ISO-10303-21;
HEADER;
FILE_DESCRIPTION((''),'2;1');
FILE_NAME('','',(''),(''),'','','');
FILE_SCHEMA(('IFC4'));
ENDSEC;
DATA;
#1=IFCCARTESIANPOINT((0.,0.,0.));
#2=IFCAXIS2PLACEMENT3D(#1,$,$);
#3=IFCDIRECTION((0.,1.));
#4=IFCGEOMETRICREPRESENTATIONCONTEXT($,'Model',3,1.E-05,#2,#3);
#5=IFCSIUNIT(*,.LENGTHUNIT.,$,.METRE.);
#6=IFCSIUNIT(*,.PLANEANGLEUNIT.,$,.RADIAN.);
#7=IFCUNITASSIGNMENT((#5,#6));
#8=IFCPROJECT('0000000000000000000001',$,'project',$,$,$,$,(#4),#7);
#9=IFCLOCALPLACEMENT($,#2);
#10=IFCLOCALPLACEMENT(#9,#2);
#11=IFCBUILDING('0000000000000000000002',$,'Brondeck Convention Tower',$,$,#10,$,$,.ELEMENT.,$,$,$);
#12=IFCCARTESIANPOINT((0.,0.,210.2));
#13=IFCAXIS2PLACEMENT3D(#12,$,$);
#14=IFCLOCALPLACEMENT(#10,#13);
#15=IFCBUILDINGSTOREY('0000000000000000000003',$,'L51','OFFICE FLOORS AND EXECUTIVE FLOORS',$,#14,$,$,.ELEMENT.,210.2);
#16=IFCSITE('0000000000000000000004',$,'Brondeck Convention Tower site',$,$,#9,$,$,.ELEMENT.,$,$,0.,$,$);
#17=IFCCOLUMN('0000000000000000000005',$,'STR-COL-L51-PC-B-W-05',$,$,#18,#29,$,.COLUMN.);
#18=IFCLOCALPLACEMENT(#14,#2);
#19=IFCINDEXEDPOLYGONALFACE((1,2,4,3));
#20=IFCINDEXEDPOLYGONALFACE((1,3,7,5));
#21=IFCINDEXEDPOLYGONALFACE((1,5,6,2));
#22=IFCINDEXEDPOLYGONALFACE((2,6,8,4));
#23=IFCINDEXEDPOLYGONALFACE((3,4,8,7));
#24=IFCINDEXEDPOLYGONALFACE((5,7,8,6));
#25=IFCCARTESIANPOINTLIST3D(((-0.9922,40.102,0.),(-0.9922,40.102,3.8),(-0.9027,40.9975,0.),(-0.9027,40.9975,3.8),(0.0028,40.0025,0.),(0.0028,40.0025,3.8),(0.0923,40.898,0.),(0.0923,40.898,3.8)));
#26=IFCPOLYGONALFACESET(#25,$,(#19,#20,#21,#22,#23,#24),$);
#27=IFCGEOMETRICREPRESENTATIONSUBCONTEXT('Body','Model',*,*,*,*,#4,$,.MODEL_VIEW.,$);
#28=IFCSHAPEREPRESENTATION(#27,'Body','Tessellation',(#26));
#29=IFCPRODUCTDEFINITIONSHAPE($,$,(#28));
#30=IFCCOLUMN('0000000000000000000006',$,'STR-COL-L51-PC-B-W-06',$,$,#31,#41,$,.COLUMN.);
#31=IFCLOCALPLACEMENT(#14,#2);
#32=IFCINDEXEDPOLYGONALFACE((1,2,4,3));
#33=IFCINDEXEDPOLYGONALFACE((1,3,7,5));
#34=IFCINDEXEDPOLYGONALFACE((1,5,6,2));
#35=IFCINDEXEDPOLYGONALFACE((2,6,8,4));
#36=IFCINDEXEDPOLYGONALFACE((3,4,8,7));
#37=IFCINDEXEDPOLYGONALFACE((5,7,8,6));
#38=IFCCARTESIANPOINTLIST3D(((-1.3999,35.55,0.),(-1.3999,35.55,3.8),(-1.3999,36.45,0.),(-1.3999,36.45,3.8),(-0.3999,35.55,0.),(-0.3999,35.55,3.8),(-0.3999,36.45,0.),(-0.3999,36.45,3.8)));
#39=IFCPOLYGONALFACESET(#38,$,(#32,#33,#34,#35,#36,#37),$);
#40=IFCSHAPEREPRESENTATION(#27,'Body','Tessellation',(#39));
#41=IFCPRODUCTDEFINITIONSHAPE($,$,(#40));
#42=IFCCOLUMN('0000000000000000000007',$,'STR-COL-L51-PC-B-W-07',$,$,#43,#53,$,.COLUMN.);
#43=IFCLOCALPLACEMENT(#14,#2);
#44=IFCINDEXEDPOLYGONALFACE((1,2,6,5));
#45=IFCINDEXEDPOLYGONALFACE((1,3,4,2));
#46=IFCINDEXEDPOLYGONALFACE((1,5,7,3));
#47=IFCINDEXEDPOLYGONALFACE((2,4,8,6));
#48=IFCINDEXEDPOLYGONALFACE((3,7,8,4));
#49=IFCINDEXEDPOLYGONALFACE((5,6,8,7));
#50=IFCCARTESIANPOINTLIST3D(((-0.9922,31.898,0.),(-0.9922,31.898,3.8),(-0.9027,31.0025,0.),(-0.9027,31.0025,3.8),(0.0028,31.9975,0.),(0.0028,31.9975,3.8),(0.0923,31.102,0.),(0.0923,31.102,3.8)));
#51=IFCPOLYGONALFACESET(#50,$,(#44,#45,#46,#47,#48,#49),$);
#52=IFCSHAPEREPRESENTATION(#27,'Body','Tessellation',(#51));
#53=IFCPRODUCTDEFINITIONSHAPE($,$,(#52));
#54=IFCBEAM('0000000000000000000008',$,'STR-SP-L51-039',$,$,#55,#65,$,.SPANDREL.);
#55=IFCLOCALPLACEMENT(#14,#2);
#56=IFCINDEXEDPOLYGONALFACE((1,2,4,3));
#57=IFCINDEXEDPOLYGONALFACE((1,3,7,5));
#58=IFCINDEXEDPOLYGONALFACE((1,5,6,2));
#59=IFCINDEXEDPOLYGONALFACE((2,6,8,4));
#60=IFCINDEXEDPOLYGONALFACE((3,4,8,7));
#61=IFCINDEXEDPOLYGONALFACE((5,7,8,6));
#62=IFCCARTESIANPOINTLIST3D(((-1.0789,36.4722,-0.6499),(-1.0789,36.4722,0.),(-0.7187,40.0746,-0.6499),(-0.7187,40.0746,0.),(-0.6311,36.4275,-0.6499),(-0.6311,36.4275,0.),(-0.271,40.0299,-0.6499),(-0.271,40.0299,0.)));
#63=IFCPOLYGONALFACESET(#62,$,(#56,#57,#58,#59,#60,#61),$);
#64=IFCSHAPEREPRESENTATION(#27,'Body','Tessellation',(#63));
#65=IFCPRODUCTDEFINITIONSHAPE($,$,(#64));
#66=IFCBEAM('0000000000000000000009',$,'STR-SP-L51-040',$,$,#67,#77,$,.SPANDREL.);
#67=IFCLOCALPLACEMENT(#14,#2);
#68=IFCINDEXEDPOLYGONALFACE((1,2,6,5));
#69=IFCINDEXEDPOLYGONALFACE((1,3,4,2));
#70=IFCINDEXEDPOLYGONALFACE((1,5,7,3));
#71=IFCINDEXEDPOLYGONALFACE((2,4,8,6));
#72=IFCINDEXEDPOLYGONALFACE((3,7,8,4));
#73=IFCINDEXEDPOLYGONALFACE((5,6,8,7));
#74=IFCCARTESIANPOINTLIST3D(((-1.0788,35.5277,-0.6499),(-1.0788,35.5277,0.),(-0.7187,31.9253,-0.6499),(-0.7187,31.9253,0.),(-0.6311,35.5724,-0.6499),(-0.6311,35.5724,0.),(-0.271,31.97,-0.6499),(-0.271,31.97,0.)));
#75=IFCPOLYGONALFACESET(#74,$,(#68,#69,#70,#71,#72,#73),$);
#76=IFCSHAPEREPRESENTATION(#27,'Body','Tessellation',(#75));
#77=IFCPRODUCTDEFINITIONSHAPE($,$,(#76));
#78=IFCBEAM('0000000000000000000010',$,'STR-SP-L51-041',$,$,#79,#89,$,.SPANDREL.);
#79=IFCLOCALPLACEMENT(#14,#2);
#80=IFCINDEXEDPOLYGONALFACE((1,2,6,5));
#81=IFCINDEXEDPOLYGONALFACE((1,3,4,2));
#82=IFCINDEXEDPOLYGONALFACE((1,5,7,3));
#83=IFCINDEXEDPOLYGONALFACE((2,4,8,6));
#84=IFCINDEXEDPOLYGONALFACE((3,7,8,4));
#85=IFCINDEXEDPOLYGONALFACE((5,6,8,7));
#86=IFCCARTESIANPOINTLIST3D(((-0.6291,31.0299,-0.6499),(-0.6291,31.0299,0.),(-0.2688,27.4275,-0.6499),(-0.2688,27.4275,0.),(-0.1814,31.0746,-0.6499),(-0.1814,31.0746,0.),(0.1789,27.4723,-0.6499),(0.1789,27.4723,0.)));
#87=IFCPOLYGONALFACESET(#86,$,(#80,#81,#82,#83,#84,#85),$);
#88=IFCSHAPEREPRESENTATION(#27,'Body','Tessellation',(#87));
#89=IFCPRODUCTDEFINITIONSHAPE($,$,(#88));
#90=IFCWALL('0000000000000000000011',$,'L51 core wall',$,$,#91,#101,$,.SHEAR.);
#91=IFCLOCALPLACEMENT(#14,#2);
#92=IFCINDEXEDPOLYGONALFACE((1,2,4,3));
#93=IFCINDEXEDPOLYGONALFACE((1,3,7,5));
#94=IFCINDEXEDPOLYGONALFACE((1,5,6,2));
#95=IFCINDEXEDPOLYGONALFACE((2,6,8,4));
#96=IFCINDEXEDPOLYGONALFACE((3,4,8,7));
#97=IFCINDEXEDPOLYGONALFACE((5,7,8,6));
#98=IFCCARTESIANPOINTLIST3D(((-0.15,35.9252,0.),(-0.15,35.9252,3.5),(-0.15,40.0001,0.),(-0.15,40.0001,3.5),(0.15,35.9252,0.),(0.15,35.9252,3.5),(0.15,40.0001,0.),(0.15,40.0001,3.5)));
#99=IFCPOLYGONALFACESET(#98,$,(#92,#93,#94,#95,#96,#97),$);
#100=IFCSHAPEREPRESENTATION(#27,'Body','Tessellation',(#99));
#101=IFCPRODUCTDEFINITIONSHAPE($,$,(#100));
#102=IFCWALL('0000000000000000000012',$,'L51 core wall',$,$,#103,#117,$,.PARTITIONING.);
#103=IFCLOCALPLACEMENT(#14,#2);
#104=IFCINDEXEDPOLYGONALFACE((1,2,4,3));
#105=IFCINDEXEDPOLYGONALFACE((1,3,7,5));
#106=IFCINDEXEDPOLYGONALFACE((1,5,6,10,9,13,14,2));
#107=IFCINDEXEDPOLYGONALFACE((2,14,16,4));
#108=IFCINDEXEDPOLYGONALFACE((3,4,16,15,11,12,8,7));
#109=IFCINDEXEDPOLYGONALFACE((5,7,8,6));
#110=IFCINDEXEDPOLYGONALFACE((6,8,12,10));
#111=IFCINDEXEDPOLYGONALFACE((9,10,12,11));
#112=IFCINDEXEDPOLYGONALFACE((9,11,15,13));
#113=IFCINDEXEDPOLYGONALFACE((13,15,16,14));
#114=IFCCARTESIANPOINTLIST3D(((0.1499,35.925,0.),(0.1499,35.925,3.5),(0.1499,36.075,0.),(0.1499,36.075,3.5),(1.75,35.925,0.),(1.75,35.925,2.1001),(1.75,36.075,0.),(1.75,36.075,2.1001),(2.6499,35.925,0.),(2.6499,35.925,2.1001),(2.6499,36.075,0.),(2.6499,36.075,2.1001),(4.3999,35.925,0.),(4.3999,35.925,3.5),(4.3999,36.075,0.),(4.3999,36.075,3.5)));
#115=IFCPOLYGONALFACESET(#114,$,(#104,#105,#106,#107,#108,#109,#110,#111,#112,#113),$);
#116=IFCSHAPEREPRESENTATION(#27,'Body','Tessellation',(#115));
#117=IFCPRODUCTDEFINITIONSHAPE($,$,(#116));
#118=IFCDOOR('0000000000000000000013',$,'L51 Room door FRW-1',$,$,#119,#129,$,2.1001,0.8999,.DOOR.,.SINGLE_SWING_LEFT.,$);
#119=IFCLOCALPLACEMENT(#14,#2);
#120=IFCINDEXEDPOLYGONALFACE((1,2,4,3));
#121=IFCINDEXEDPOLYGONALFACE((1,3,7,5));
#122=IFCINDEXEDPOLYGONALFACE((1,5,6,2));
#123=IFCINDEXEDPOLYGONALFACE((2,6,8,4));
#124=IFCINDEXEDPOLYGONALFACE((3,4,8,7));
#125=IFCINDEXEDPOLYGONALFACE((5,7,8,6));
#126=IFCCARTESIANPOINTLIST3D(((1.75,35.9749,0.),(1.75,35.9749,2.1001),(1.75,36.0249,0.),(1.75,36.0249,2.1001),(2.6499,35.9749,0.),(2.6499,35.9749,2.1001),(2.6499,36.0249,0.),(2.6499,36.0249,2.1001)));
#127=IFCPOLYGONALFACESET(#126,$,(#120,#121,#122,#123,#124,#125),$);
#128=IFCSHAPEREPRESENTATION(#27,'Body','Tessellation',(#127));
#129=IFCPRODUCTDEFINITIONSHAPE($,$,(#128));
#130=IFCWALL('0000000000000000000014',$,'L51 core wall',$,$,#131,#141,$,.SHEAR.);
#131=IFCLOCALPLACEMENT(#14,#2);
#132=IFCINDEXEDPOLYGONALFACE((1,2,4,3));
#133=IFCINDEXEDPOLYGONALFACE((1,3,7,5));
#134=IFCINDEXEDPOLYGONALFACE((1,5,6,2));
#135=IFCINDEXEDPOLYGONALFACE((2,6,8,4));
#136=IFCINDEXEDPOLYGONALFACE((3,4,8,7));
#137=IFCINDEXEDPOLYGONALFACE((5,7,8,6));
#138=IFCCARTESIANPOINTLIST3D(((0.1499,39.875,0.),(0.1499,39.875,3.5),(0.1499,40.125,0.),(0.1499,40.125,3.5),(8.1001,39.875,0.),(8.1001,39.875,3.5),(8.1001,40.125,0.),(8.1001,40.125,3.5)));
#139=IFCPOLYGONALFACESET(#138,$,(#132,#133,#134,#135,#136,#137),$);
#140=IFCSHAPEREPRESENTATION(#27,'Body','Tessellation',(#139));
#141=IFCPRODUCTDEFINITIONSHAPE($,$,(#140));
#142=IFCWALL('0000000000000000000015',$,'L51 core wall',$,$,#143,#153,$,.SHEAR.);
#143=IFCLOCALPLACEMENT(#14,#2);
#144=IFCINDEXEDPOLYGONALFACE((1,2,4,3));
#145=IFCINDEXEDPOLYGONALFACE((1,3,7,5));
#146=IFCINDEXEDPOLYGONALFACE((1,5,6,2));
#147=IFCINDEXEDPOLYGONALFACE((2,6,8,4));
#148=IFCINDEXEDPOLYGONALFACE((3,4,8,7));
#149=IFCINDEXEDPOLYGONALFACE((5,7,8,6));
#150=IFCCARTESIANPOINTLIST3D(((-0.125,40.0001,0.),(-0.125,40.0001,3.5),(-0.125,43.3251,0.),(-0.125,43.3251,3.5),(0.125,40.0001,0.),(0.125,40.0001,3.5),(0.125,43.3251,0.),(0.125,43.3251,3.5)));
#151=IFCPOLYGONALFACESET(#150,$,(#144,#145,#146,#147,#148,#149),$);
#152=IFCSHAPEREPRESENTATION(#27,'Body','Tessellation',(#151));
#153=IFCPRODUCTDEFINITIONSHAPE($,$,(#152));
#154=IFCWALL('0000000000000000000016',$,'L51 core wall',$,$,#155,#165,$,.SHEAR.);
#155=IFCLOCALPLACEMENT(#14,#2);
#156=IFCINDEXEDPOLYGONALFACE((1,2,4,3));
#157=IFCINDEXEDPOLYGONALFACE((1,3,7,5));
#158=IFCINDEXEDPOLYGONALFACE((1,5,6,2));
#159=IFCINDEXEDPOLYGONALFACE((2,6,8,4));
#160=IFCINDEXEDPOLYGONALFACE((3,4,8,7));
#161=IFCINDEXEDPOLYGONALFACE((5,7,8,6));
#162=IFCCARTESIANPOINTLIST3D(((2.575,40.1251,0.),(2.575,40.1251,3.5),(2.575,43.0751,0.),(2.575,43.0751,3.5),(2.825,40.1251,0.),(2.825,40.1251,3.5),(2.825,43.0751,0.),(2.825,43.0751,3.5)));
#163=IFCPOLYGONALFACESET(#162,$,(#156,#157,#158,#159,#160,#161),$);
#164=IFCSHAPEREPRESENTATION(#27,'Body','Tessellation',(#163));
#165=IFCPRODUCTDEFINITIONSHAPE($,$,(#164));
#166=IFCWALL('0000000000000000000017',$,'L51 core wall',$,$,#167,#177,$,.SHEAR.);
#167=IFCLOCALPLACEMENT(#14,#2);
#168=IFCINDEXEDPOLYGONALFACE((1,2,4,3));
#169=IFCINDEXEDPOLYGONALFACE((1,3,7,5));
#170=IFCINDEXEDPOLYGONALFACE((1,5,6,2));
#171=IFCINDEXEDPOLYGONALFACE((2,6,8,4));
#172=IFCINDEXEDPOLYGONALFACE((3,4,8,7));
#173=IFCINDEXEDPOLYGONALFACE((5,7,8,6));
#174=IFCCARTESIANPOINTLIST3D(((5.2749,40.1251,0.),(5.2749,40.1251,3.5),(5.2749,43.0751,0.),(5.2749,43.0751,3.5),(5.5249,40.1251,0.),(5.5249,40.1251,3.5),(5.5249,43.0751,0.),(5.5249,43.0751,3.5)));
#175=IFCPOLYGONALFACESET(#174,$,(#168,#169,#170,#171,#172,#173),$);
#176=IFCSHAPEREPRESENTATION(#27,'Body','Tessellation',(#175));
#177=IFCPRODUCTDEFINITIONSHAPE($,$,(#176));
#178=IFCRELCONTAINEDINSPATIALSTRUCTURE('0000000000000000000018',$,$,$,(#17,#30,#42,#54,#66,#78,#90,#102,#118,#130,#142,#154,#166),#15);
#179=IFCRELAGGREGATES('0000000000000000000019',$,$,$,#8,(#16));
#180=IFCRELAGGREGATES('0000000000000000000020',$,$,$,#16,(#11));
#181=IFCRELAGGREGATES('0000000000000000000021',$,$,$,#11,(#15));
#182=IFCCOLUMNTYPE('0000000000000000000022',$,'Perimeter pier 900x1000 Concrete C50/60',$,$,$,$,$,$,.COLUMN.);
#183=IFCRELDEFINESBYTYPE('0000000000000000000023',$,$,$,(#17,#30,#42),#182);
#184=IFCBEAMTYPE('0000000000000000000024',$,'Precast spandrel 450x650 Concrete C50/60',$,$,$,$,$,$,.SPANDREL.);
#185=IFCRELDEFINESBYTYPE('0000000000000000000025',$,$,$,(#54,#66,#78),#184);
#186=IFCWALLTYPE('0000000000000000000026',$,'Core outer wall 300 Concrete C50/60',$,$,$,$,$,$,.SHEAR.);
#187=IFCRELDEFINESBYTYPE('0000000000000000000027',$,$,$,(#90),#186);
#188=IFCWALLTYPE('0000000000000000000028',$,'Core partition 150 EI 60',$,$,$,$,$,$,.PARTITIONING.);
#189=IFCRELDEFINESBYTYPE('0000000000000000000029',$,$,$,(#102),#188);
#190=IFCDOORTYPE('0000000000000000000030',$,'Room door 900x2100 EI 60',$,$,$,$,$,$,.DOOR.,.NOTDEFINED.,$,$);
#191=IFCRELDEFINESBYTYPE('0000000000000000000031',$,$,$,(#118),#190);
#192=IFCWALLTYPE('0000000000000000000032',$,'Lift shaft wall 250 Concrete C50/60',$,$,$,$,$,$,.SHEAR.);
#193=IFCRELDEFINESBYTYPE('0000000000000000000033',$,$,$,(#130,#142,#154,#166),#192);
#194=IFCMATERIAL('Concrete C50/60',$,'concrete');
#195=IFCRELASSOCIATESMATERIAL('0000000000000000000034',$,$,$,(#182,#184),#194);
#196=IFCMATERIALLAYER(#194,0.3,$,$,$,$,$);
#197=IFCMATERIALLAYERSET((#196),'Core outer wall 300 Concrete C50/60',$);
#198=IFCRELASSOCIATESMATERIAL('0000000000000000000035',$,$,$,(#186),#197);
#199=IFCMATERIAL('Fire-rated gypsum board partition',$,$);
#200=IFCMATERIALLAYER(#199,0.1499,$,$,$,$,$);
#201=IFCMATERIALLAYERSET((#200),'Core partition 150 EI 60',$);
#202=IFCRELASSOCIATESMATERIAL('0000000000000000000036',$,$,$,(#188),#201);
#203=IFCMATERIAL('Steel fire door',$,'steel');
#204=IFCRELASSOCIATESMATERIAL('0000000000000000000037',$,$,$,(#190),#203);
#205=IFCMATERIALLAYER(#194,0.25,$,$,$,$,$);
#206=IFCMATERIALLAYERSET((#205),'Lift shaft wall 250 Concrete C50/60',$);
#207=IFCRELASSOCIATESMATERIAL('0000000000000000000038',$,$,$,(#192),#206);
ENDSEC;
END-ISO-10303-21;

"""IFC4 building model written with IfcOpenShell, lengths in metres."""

from ifc_helpers import new_model, si_unit, direction, frame, frame_2d, origin, origin_2d, place, context, subcontext, project, spatial, rectangle, extrude, material, layer, layer_set, material_profile, profile_set, type_object, element, fill, save


model = new_model("IFC4")

# Units and contexts
model_context = context("Model", 3, precision=1e-05, world=origin(), true_north=direction((0.0, 1.0)))
body_context = subcontext(model_context, "Body", "Model", "MODEL_VIEW")
ifc_project = project(units=[si_unit("LENGTHUNIT", "METRE"), si_unit("PLANEANGLEUNIT", "RADIAN")], contexts=[model_context])

# Site, building, storey
site_placement = place(None, origin())
site = spatial("IfcSite", under=ifc_project, at=site_placement, Name="Brondeck Convention Tower site", CompositionType="ELEMENT", RefElevation=0.0)
building_placement = place(site_placement, origin())
building = spatial("IfcBuilding", under=site, at=building_placement, Name="Brondeck Convention Tower", CompositionType="ELEMENT")
storey_placement = place(building_placement, frame((0.0, 0.0, 210.2)))
storey = spatial("IfcBuildingStorey", under=building, at=storey_placement, Name="L51", Description="OFFICE FLOORS AND EXECUTIVE FLOORS", CompositionType="ELEMENT", Elevation=210.2)

# Columns
ifc_material_1 = material(Name="Concrete C50/60", Category="concrete")
ifc_material_profile_1 = material_profile(ifc_material_1, rectangle(XDim=0.8999, YDim=1.0, at=origin_2d()), Name="Perimeter pier 900x1000 Concrete C50/60")
ifc_profile_set_1 = profile_set([ifc_material_profile_1], Name="Concrete C50/60")
column_type = type_object("IfcColumnType", Name="Perimeter pier 900x1000 Concrete C50/60", PredefinedType="COLUMN", material=ifc_profile_set_1)
for number, where, z_axis, x_axis, name in (
    (1, (-0.45, 40.5, 0.0), (0.0, 0.0, 1.0), (-0.099504, -0.995037, 0.0), "STR-COL-L51-PC-B-W-05"),
    (2, (-0.8999, 36.0, 0.0), (0.0, 0.0, 1.0), (0.0, -1.0, 0.0), "STR-COL-L51-PC-B-W-06"),
    (3, (-0.45, 31.5, 0.0), (0.0, 0.0, 1.0), (0.099504, -0.995037, 0.0), "STR-COL-L51-PC-B-W-07"),
):
    element("IfcColumn", number, at=place(storey_placement, frame(where, z_axis=z_axis, x_axis=x_axis)), inside=storey, type_object=column_type, Name=name, PredefinedType="COLUMN", context=body_context, shape_type="SweptSolid", body=[
        extrude(rectangle(XDim=0.8999, YDim=1.0, at=origin_2d()), origin(), (0.0, 0.0, 1.0), 3.8),
    ])

# Beams
ifc_material_profile_2 = material_profile(ifc_material_1, rectangle(XDim=0.45, YDim=0.6499, at=origin_2d()), Name="Precast spandrel 450x650 Concrete C50/60")
ifc_profile_set_2 = profile_set([ifc_material_profile_2], Name="Concrete C50/60")
beam_type = type_object("IfcBeamType", Name="Precast spandrel 450x650 Concrete C50/60", PredefinedType="SPANDREL", material=ifc_profile_set_2)
for number, where, z_axis, x_axis, name in (
    (4, (-0.4949, 40.0522, -0.325), (-0.09947, -0.995041, 0.0), (0.995041, -0.09947, 0.0), "STR-SP-L51-039"),
    (5, (-0.855, 35.55, -0.325), (0.09947, -0.995041, 0.0), (0.995041, 0.09947, 0.0), "STR-SP-L51-040"),
    (6, (-0.4053, 31.0522, -0.325), (0.099537, -0.995034, 0.0), (0.995034, 0.099537, 0.0), "STR-SP-L51-041"),
):
    element("IfcBeam", number, at=place(storey_placement, frame(where, z_axis=z_axis, x_axis=x_axis)), inside=storey, type_object=beam_type, Name=name, PredefinedType="SPANDREL", context=body_context, shape_type="SweptSolid", body=[
        extrude(rectangle(XDim=0.45, YDim=0.6499, at=origin_2d()), origin(), (0.0, 0.0, 1.0), 3.6204),
    ])

# Wall
ifc_layer_1 = layer(ifc_material_1, 0.3)
ifc_layer_set_1 = layer_set([ifc_layer_1], Name="Core outer wall 300 Concrete C50/60")
wall_type_1 = type_object("IfcWallType", Name="Core outer wall 300 Concrete C50/60", PredefinedType="SHEAR", material=ifc_layer_set_1)
wall_1_placement = place(storey_placement, frame((0.0, 35.925, 0.0), z_axis=(0.0, 0.0, 1.0), x_axis=(0.0, 1.0, 0.0)))
element("IfcWall", 7, at=wall_1_placement, inside=storey, type_object=wall_type_1, Name="L51 core wall", PredefinedType="SHEAR", context=body_context, shape_type="SweptSolid", body=[
    extrude(rectangle(XDim=4.075, YDim=0.3, at=frame_2d((2.0376, 0.0))), origin(), (0.0, 0.0, 1.0), 3.5),
])

# Wall, opening, door
ifc_material_2 = material(Name="Fire-rated gypsum board partition")
ifc_layer_2 = layer(ifc_material_2, 0.1499)
ifc_layer_set_2 = layer_set([ifc_layer_2], Name="Core partition 150 EI 60")
wall_type_2 = type_object("IfcWallType", Name="Core partition 150 EI 60", PredefinedType="PARTITIONING", material=ifc_layer_set_2)
wall_2_placement = place(storey_placement, frame((0.1499, 36.0, 0.0), z_axis=(0.0, 0.0, 1.0), x_axis=(1.0, 0.0, 0.0)))
wall_2 = element("IfcWall", 8, at=wall_2_placement, inside=storey, type_object=wall_type_2, Name="L51 core wall", PredefinedType="PARTITIONING", context=body_context, shape_type="SweptSolid", body=[
    extrude(rectangle(XDim=4.25, YDim=0.1499, at=frame_2d((2.125, 0.0))), origin(), (0.0, 0.0, 1.0), 3.5),
])
opening_1_placement = place(wall_2_placement, frame((1.6001, 0.0, 0.0)))
opening_1 = element("IfcOpeningElement", 9, at=opening_1_placement, cuts=wall_2, PredefinedType="OPENING", context=body_context, shape_type="SweptSolid", body=[
    extrude(rectangle(XDim=0.8999, YDim=2.1001, at=frame_2d((0.45, 1.05))), frame((0.0, 0.085, 0.0), z_axis=(0.0, -1.0, 0.0), x_axis=(1.0, 0.0, 0.0)), (0.0, 0.0, 1.0), 0.1699),
])
ifc_material_3 = material(Name="Steel fire door", Category="steel")
door_type_1 = type_object("IfcDoorType", Name="Room door 900x2100 EI 60", OperationType="NOTDEFINED", PredefinedType="DOOR", material=ifc_material_3)
door_1_placement = place(opening_1_placement, origin())
door_1 = element("IfcDoor", 10, at=door_1_placement, inside=storey, type_object=door_type_1, Name="L51 Room door FRW-1", OperationType="SINGLE_SWING_LEFT", OverallHeight=2.1001, OverallWidth=0.8999, PredefinedType="DOOR", context=body_context, shape_type="SweptSolid", body=[
    extrude(rectangle(XDim=0.8999, YDim=2.1001, at=frame_2d((0.45, 1.05))), frame((0.0, 0.0249, 0.0), z_axis=(0.0, -1.0, 0.0), x_axis=(1.0, 0.0, 0.0)), (0.0, 0.0, 1.0), 0.05),
])
fill(opening_1, door_1)

# Walls
ifc_layer_3 = layer(ifc_material_1, 0.25)
ifc_layer_set_3 = layer_set([ifc_layer_3], Name="Lift shaft wall 250 Concrete C50/60")
wall_type_3 = type_object("IfcWallType", Name="Lift shaft wall 250 Concrete C50/60", PredefinedType="SHEAR", material=ifc_layer_set_3)
wall_3_placement = place(storey_placement, frame((0.1499, 40.0, 0.0), z_axis=(0.0, 0.0, 1.0), x_axis=(1.0, 0.0, 0.0)))
element("IfcWall", 11, at=wall_3_placement, inside=storey, type_object=wall_type_3, Name="L51 core wall", PredefinedType="SHEAR", context=body_context, shape_type="SweptSolid", body=[
    extrude(rectangle(XDim=7.9502, YDim=0.25, at=frame_2d((3.9751, 0.0))), origin(), (0.0, 0.0, 1.0), 3.5),
])
wall_4_placement = place(storey_placement, frame((0.0, 40.0, 0.0), z_axis=(0.0, 0.0, 1.0), x_axis=(0.0, 1.0, 0.0)))
element("IfcWall", 12, at=wall_4_placement, inside=storey, type_object=wall_type_3, Name="L51 core wall", PredefinedType="SHEAR", context=body_context, shape_type="SweptSolid", body=[
    extrude(rectangle(XDim=3.325, YDim=0.25, at=frame_2d((1.6626, 0.0))), origin(), (0.0, 0.0, 1.0), 3.5),
])
for number, where, z_axis, x_axis, name in (
    (13, (2.7, 40.125, 0.0), (0.0, 0.0, 1.0), (0.0, 1.0, 0.0), "L51 core wall"),
    (14, (5.3999, 40.125, 0.0), (0.0, 0.0, 1.0), (0.0, 1.0, 0.0), "L51 core wall"),
):
    element("IfcWall", number, at=place(storey_placement, frame(where, z_axis=z_axis, x_axis=x_axis)), inside=storey, type_object=wall_type_3, Name=name, PredefinedType="SHEAR", context=body_context, shape_type="SweptSolid", body=[
        extrude(rectangle(XDim=2.95, YDim=0.25, at=frame_2d((1.4751, 0.0))), origin(), (0.0, 0.0, 1.0), 3.5),
    ])

save(model, "model.ifc")
